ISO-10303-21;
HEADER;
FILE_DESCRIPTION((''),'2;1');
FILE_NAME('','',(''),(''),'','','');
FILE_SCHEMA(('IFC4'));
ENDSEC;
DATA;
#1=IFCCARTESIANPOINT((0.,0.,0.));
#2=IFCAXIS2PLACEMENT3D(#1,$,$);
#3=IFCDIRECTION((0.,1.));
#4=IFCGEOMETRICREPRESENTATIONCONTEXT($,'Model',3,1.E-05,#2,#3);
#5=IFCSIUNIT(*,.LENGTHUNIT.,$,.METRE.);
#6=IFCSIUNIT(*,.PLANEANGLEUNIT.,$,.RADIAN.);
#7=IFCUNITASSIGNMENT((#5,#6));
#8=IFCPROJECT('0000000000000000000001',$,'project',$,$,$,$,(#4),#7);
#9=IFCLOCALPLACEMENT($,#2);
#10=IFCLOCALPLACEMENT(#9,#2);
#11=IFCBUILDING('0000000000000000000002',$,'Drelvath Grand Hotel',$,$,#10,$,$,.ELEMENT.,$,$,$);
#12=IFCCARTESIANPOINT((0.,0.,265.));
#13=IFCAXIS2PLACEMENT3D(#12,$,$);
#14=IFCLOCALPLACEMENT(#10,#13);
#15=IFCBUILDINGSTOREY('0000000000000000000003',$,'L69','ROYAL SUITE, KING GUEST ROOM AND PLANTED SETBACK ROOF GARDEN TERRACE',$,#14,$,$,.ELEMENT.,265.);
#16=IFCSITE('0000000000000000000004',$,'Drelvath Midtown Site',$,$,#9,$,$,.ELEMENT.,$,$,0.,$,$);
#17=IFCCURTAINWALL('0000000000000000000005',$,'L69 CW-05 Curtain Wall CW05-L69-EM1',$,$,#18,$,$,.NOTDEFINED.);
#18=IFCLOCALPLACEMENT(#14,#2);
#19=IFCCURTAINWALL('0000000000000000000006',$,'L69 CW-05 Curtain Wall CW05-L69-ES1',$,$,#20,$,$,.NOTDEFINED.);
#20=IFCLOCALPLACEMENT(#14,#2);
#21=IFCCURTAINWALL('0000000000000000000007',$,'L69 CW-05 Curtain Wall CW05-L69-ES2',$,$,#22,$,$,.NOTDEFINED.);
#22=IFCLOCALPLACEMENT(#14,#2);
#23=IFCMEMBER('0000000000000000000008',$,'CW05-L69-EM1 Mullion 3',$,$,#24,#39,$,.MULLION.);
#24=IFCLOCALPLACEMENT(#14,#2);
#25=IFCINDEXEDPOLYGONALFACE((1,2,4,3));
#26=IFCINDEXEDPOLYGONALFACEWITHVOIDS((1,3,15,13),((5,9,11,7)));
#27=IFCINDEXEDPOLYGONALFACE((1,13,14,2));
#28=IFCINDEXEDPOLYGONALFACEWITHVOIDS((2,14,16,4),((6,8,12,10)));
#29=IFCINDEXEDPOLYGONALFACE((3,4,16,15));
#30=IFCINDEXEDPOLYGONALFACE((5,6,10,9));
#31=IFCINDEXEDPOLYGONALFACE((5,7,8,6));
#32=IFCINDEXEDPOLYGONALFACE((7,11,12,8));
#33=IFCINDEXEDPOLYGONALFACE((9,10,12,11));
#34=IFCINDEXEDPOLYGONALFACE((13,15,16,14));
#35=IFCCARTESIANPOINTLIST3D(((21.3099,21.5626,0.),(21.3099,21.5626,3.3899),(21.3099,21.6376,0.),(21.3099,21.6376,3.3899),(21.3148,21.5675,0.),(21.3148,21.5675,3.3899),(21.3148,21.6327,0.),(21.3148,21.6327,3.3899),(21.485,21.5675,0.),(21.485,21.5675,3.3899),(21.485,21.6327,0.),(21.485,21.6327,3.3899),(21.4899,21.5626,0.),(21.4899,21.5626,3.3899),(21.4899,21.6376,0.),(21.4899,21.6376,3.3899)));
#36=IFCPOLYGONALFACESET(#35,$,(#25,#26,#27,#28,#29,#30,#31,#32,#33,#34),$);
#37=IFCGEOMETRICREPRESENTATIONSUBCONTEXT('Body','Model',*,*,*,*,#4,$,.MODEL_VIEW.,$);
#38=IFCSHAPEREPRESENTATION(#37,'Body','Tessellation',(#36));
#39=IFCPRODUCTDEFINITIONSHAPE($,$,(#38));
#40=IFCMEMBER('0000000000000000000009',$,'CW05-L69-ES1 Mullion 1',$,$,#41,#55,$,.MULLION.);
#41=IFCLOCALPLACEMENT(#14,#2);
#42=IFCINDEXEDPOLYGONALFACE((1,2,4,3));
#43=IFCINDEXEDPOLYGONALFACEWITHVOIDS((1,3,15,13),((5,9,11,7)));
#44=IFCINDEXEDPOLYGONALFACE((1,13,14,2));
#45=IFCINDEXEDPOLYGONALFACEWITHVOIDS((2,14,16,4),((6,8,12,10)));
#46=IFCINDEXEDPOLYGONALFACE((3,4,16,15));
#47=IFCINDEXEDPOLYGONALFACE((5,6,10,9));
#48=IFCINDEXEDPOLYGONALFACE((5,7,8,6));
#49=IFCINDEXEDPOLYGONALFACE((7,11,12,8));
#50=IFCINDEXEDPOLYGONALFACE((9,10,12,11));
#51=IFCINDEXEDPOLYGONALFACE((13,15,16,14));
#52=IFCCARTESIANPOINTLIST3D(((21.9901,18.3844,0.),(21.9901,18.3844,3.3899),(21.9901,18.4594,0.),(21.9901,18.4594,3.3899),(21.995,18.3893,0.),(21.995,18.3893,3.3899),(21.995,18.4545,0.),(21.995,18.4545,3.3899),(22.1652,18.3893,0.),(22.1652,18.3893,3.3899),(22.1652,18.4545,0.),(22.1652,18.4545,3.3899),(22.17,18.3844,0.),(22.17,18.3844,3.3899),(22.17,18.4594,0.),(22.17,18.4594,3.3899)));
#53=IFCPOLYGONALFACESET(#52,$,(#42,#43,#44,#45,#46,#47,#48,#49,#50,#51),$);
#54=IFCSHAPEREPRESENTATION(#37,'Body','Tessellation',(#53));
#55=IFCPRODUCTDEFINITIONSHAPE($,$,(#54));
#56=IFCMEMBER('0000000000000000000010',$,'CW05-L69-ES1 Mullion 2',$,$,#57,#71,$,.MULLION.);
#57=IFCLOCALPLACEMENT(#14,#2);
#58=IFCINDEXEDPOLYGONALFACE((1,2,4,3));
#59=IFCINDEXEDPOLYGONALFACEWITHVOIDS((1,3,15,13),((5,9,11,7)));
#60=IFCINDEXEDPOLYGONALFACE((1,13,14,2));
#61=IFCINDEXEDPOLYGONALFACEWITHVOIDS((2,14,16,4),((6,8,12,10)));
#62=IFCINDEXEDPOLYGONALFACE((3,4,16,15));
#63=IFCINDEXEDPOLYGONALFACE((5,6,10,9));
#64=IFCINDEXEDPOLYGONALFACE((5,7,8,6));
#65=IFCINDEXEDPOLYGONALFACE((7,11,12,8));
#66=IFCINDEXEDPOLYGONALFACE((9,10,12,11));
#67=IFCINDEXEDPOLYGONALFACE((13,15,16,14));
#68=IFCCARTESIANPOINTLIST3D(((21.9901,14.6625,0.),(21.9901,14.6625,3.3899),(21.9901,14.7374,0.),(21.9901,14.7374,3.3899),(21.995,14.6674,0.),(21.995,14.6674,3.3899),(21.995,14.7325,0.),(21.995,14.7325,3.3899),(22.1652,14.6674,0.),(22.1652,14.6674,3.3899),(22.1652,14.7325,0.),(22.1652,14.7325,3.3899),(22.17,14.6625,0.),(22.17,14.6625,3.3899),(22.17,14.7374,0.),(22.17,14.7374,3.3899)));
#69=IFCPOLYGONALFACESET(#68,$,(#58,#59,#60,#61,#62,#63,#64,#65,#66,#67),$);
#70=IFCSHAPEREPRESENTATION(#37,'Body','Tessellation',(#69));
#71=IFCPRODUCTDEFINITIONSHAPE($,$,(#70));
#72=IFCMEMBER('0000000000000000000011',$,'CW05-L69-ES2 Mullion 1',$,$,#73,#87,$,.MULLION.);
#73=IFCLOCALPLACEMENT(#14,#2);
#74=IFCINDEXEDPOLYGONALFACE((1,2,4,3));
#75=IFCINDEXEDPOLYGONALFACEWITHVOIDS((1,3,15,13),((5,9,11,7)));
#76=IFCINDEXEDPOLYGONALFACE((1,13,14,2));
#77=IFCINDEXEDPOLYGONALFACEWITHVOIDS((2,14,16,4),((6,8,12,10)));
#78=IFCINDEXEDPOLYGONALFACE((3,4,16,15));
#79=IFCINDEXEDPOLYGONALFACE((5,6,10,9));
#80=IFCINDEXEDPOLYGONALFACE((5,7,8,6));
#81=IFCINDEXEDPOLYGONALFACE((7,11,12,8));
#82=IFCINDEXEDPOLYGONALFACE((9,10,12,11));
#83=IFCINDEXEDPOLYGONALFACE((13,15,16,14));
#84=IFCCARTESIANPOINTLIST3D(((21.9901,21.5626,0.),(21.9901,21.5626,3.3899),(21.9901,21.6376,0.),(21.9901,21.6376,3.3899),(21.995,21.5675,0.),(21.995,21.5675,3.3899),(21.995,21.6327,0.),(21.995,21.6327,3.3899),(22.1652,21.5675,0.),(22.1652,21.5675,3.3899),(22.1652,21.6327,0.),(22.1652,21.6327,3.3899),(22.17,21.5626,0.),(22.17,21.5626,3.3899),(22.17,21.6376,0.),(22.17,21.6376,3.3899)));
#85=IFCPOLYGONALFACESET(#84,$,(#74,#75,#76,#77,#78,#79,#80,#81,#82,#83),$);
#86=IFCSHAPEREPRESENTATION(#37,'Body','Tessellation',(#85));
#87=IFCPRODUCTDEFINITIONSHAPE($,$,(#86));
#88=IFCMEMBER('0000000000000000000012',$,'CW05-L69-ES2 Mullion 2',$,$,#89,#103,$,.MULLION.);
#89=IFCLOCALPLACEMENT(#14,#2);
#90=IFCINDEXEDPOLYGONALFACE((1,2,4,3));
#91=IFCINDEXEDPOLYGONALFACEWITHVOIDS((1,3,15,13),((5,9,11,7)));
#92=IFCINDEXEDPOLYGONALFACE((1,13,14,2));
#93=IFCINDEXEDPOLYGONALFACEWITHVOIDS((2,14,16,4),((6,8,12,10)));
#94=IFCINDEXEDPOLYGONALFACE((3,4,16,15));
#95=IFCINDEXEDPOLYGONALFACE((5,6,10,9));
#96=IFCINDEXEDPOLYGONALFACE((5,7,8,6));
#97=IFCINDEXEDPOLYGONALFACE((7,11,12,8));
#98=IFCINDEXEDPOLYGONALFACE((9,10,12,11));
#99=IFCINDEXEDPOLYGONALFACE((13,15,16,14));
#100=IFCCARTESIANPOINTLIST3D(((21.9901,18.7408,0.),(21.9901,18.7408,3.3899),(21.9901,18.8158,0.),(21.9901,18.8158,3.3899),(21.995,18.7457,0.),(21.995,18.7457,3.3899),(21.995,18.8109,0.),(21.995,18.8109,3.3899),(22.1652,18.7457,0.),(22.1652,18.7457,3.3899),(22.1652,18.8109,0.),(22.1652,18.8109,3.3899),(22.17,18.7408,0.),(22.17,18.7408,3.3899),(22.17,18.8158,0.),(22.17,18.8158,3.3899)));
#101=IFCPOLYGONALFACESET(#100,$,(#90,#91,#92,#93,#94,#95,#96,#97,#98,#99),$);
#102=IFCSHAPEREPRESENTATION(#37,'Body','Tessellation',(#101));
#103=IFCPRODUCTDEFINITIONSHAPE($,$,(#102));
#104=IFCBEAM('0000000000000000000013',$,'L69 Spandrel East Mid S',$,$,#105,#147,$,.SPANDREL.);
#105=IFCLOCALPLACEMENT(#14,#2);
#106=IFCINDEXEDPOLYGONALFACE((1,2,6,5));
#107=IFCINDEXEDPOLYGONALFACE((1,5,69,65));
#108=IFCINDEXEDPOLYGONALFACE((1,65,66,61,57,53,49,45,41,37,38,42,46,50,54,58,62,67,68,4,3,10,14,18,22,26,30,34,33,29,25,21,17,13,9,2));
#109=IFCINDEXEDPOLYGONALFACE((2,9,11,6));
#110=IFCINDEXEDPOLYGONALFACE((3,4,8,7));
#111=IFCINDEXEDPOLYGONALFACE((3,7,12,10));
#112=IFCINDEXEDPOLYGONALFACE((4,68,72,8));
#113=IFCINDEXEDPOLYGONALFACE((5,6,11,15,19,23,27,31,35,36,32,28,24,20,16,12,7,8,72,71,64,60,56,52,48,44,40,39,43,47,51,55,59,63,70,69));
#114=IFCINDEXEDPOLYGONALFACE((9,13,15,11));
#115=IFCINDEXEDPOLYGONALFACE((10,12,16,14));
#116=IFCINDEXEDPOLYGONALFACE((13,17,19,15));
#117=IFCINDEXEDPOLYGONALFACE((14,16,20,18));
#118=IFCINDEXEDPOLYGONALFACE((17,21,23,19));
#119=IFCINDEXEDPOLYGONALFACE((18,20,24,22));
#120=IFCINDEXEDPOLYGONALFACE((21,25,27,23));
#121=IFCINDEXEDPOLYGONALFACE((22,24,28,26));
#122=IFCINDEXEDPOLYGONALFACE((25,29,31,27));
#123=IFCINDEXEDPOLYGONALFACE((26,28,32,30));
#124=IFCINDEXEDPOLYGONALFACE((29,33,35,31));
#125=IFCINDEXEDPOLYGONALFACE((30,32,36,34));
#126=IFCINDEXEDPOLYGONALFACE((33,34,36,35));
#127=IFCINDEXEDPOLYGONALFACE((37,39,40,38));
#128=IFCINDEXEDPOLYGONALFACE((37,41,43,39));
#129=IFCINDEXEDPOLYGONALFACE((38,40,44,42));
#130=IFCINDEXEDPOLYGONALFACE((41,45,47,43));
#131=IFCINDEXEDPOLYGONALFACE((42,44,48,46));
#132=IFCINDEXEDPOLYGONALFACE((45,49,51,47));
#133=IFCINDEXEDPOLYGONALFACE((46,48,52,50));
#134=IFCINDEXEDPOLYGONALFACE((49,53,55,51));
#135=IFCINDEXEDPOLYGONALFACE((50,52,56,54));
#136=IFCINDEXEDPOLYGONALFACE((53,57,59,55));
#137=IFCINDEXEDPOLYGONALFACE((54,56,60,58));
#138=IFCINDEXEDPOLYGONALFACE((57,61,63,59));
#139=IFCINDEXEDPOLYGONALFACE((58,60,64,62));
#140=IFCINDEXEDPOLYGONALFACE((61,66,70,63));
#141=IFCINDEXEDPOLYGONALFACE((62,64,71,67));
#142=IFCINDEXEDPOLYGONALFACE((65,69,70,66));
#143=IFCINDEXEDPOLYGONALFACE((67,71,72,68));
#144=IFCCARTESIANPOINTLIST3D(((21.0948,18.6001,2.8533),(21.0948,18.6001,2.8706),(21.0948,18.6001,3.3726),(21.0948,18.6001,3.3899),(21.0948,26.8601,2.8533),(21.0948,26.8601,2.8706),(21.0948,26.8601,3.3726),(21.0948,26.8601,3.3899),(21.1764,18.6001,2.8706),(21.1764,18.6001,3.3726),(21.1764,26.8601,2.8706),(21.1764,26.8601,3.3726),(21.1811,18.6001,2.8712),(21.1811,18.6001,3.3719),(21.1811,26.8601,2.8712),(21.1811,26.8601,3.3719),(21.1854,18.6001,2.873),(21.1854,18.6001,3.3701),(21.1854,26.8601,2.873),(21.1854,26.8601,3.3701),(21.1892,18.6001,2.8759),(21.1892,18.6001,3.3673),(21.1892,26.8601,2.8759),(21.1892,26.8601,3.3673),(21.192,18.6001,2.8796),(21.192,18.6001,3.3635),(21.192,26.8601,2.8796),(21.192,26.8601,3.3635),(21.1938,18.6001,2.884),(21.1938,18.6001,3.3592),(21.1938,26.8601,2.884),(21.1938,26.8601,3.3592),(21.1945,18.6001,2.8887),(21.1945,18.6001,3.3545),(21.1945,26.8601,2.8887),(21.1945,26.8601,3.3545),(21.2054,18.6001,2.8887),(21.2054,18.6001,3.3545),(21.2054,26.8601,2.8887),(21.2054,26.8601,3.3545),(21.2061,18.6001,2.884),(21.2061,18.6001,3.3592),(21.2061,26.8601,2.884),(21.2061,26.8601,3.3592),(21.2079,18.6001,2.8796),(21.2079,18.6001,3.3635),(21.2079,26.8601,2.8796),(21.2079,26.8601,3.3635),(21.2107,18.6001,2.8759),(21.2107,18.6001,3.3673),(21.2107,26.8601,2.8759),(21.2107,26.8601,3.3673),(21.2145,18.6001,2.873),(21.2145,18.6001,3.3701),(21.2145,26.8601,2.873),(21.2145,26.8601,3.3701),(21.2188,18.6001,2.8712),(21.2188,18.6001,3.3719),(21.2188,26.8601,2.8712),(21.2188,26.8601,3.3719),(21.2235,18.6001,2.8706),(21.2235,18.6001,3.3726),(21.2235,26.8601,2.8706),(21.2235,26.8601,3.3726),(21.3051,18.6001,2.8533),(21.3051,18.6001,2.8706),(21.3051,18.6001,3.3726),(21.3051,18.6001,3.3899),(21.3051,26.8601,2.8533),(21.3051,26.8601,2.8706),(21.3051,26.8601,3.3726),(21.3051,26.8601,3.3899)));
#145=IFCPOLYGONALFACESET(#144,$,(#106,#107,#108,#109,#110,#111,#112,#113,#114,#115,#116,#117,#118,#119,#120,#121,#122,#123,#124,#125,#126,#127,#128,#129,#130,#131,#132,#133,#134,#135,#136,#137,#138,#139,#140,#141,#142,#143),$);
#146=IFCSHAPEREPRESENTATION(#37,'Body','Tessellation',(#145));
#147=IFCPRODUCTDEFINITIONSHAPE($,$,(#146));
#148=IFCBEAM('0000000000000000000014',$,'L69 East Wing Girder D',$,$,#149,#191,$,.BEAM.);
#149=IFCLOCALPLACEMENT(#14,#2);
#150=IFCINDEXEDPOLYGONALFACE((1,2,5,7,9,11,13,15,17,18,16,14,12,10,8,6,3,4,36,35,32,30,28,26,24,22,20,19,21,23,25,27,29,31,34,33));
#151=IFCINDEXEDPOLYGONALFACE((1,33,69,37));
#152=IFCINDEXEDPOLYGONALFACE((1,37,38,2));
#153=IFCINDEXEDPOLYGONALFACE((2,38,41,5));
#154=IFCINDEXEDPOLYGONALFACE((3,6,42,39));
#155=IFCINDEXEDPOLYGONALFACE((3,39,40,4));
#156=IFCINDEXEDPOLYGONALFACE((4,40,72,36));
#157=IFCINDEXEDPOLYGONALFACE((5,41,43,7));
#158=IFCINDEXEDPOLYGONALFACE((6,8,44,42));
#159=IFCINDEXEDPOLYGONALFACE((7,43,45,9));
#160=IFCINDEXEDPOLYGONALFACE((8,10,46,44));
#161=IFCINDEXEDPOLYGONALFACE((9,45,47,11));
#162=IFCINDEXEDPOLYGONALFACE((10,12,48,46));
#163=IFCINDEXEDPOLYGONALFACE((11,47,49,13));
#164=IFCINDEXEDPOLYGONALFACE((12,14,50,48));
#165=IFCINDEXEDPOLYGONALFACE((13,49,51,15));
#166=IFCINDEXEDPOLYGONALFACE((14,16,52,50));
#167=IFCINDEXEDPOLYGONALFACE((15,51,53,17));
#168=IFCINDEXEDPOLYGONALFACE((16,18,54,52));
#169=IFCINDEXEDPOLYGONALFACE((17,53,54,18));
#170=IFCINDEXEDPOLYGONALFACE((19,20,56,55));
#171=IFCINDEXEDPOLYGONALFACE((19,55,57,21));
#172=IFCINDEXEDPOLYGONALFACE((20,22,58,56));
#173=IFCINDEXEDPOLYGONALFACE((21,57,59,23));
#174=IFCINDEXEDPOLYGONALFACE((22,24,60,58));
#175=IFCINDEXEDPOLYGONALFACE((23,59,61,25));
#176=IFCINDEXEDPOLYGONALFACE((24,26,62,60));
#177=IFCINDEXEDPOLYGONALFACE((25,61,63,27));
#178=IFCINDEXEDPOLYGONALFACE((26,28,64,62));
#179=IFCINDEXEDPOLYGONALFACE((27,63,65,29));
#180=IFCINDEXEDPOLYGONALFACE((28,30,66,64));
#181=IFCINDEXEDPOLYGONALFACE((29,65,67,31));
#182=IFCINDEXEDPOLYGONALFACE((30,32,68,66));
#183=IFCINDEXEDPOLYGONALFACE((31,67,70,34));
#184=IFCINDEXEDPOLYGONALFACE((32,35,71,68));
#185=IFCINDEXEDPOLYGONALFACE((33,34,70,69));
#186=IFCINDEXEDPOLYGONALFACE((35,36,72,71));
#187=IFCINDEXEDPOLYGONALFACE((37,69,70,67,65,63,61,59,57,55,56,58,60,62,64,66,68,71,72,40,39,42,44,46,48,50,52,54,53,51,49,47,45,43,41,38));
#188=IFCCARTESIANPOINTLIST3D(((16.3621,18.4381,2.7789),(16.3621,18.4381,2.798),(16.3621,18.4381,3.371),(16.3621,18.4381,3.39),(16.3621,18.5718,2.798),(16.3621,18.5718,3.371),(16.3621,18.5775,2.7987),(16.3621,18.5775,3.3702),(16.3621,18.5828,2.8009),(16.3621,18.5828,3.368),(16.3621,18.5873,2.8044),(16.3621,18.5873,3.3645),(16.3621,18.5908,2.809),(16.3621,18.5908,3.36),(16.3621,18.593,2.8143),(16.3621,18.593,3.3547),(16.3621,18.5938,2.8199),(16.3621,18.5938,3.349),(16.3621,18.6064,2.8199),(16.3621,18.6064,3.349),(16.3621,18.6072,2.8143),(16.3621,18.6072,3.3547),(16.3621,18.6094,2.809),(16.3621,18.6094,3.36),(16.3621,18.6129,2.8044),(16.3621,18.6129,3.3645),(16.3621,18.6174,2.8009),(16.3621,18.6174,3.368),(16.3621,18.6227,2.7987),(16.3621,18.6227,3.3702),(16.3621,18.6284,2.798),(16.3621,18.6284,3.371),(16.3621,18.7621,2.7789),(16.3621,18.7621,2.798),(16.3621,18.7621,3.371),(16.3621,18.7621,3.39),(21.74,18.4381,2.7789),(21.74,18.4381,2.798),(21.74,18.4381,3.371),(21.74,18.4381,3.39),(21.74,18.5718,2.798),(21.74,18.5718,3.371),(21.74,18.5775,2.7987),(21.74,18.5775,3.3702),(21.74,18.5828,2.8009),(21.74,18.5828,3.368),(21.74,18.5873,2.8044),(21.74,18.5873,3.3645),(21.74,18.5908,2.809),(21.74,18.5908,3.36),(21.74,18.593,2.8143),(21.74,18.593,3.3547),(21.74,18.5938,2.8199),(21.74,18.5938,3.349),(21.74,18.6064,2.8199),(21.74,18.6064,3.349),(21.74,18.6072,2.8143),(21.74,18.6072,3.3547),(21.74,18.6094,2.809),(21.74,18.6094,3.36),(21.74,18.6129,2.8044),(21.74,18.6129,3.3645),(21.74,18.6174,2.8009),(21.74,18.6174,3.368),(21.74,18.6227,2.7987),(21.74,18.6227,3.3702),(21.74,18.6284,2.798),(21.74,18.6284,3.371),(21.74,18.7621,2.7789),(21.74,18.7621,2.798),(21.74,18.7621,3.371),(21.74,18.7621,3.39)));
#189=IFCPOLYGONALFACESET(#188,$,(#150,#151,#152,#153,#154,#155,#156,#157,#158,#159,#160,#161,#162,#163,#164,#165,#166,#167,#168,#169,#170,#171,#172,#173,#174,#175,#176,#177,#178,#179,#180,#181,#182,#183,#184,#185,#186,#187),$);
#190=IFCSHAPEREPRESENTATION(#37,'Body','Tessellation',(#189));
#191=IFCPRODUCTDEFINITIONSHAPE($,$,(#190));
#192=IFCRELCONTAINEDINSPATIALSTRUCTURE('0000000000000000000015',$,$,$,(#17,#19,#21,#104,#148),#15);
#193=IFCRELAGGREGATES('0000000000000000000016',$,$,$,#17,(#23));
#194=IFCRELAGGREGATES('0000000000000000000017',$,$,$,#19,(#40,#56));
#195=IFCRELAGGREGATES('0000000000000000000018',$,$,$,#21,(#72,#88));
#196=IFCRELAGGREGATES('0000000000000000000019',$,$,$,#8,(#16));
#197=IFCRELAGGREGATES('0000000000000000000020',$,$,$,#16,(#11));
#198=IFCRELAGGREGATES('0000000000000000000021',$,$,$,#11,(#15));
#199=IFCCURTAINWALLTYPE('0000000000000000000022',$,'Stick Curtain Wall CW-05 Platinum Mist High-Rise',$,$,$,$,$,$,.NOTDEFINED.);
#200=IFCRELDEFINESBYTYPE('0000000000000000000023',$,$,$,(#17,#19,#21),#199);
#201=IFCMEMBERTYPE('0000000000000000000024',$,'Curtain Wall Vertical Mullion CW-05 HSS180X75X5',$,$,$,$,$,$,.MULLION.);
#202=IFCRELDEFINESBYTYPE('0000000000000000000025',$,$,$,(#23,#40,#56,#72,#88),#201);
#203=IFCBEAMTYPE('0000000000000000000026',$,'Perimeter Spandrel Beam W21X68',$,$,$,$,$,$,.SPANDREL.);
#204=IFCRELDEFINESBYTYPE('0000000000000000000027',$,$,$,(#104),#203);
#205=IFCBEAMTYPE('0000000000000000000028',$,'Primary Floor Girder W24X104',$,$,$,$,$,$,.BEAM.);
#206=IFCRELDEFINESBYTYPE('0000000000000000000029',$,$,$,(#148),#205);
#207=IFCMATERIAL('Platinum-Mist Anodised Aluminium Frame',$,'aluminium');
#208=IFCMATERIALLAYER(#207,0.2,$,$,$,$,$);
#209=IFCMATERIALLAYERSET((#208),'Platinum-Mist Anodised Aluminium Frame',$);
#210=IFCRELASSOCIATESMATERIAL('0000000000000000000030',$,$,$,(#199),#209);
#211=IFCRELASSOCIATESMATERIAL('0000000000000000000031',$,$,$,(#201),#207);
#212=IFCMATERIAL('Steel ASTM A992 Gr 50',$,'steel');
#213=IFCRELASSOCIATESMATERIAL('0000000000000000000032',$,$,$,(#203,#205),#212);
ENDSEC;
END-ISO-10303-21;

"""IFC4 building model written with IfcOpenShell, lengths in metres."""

from ifc_helpers import new_model, si_unit, direction, frame, origin, origin_2d, place, context, subcontext, project, spatial, hollow_rectangle, i_section, extrude, material, layer, layer_set, material_profile, profile_set, type_object, element, aggregate, save


model = new_model("IFC4")

# Units and contexts
model_context = context("Model", 3, precision=1e-05, world=origin(), true_north=direction((0.0, 1.0)))
body_context = subcontext(model_context, "Body", "Model", "MODEL_VIEW")
ifc_project = project(units=[si_unit("LENGTHUNIT", "METRE"), si_unit("PLANEANGLEUNIT", "RADIAN")], contexts=[model_context])

# Site, building, storey
site_placement = place(None, origin())
site = spatial("IfcSite", under=ifc_project, at=site_placement, Name="Drelvath Midtown Site", CompositionType="ELEMENT", RefElevation=0.0)
building_placement = place(site_placement, origin())
building = spatial("IfcBuilding", under=site, at=building_placement, Name="Drelvath Grand Hotel", CompositionType="ELEMENT")
storey_placement = place(building_placement, frame((0.0, 0.0, 265.0)))
storey = spatial("IfcBuildingStorey", under=building, at=storey_placement, Name="L69", Description="ROYAL SUITE, KING GUEST ROOM AND PLANTED SETBACK ROOF GARDEN TERRACE", CompositionType="ELEMENT", Elevation=265.0)

# Curtain walls
ifc_material_1 = material(Name="Platinum-Mist Anodised Aluminium Frame", Category="aluminium")
ifc_layer_1 = layer(ifc_material_1, 0.2)
ifc_layer_set_1 = layer_set([ifc_layer_1], Name="Platinum-Mist Anodised Aluminium Frame")
curtain_wall_type = type_object("IfcCurtainWallType", Name="Stick Curtain Wall CW-05 Platinum Mist High-Rise", PredefinedType="NOTDEFINED", material=ifc_layer_set_1)
curtain_wall_1_placement = place(storey_placement, origin())
curtain_wall_1 = element("IfcCurtainWall", 1, at=curtain_wall_1_placement, inside=storey, type_object=curtain_wall_type, Name="L69 CW-05 Curtain Wall CW05-L69-EM1", PredefinedType="NOTDEFINED")
curtain_wall_2_placement = place(storey_placement, origin())
curtain_wall_2 = element("IfcCurtainWall", 2, at=curtain_wall_2_placement, inside=storey, type_object=curtain_wall_type, Name="L69 CW-05 Curtain Wall CW05-L69-ES1", PredefinedType="NOTDEFINED")
curtain_wall_3_placement = place(storey_placement, origin())
curtain_wall_3 = element("IfcCurtainWall", 3, at=curtain_wall_3_placement, inside=storey, type_object=curtain_wall_type, Name="L69 CW-05 Curtain Wall CW05-L69-ES2", PredefinedType="NOTDEFINED")

# Members
ifc_material_profile_1 = material_profile(ifc_material_1, hollow_rectangle(XDim=0.075, YDim=0.1799, WallThickness=0.0049, at=origin_2d()), Name="HSS180X75X5")
ifc_profile_set_1 = profile_set([ifc_material_profile_1], Name="Platinum-Mist Anodised Aluminium Frame")
member_type_1 = type_object("IfcMemberType", Name="Curtain Wall Vertical Mullion CW-05 HSS180X75X5", PredefinedType="MULLION", material=ifc_profile_set_1)
member_1_placement = place(storey_placement, frame((21.3999, 21.6001, 0.0), z_axis=(0.0, 0.0, 1.0), x_axis=(0.0, 1.0, 0.0)))
member_1 = element("IfcMember", 4, at=member_1_placement, type_object=member_type_1, Name="CW05-L69-EM1 Mullion 3", PredefinedType="MULLION", context=body_context, shape_type="SweptSolid", body=[
    extrude(hollow_rectangle(XDim=0.075, YDim=0.1799, WallThickness=0.0049, at=origin_2d()), origin(), (0.0, 0.0, 1.0), 3.3899),
])
member_2_placement = place(storey_placement, frame((22.0801, 18.4219, 0.0), z_axis=(0.0, 0.0, 1.0), x_axis=(0.0, 1.0, 0.0)))
member_2 = element("IfcMember", 5, at=member_2_placement, type_object=member_type_1, Name="CW05-L69-ES1 Mullion 1", PredefinedType="MULLION", context=body_context, shape_type="SweptSolid", body=[
    extrude(hollow_rectangle(XDim=0.075, YDim=0.1799, WallThickness=0.0049, at=origin_2d()), origin(), (0.0, 0.0, 1.0), 3.3899),
])
member_3_placement = place(storey_placement, frame((22.0801, 14.7, 0.0), z_axis=(0.0, 0.0, 1.0), x_axis=(0.0, 1.0, 0.0)))
member_3 = element("IfcMember", 6, at=member_3_placement, type_object=member_type_1, Name="CW05-L69-ES1 Mullion 2", PredefinedType="MULLION", context=body_context, shape_type="SweptSolid", body=[
    extrude(hollow_rectangle(XDim=0.075, YDim=0.1799, WallThickness=0.0049, at=origin_2d()), origin(), (0.0, 0.0, 1.0), 3.3899),
])
member_4_placement = place(storey_placement, frame((22.0801, 21.6001, 0.0), z_axis=(0.0, 0.0, 1.0), x_axis=(0.0, 1.0, 0.0)))
member_4 = element("IfcMember", 7, at=member_4_placement, type_object=member_type_1, Name="CW05-L69-ES2 Mullion 1", PredefinedType="MULLION", context=body_context, shape_type="SweptSolid", body=[
    extrude(hollow_rectangle(XDim=0.075, YDim=0.1799, WallThickness=0.0049, at=origin_2d()), origin(), (0.0, 0.0, 1.0), 3.3899),
])
member_5_placement = place(storey_placement, frame((22.0801, 18.7783, 0.0), z_axis=(0.0, 0.0, 1.0), x_axis=(0.0, 1.0, 0.0)))
member_5 = element("IfcMember", 8, at=member_5_placement, type_object=member_type_1, Name="CW05-L69-ES2 Mullion 2", PredefinedType="MULLION", context=body_context, shape_type="SweptSolid", body=[
    extrude(hollow_rectangle(XDim=0.075, YDim=0.1799, WallThickness=0.0049, at=origin_2d()), origin(), (0.0, 0.0, 1.0), 3.3899),
])

# Beams
ifc_material_2 = material(Name="Steel ASTM A992 Gr 50", Category="steel")
ifc_material_profile_2 = material_profile(ifc_material_2, i_section(OverallWidth=0.2102, OverallDepth=0.5366, WebThickness=0.011, FlangeThickness=0.0173, FilletRadius=0.0181, at=origin_2d()), Name="W21X68")
ifc_profile_set_2 = profile_set([ifc_material_profile_2], Name="Steel ASTM A992 Gr 50")
beam_type_1 = type_object("IfcBeamType", Name="Perimeter Spandrel Beam W21X68", PredefinedType="SPANDREL", material=ifc_profile_set_2)
beam_1_placement = place(storey_placement, frame((21.2, 18.6001, 3.1216), z_axis=(0.0, 1.0, 0.0), x_axis=(-1.0, 0.0, 0.0)))
element("IfcBeam", 9, at=beam_1_placement, inside=storey, type_object=beam_type_1, Name="L69 Spandrel East Mid S", PredefinedType="SPANDREL", context=body_context, shape_type="SweptSolid", body=[
    extrude(i_section(OverallWidth=0.2102, OverallDepth=0.5366, WebThickness=0.011, FlangeThickness=0.0173, FilletRadius=0.0181, at=origin_2d()), origin(), (0.0, 0.0, 1.0), 8.26),
])
ifc_material_profile_3 = material_profile(ifc_material_2, i_section(OverallWidth=0.324, OverallDepth=0.6111, WebThickness=0.0127, FlangeThickness=0.019, FilletRadius=0.022, at=origin_2d()), Name="W24X104")
ifc_profile_set_3 = profile_set([ifc_material_profile_3], Name="Steel ASTM A992 Gr 50")
beam_type_2 = type_object("IfcBeamType", Name="Primary Floor Girder W24X104", PredefinedType="BEAM", material=ifc_profile_set_3)
beam_2_placement = place(storey_placement, frame((16.3621, 18.6001, 3.0845), z_axis=(1.0, 0.0, 0.0), x_axis=(0.0, 1.0, 0.0)))
element("IfcBeam", 10, at=beam_2_placement, inside=storey, type_object=beam_type_2, Name="L69 East Wing Girder D", PredefinedType="BEAM", context=body_context, shape_type="SweptSolid", body=[
    extrude(i_section(OverallWidth=0.324, OverallDepth=0.6111, WebThickness=0.0127, FlangeThickness=0.019, FilletRadius=0.022, at=origin_2d()), origin(), (0.0, 0.0, 1.0), 5.3779),
])

aggregate(curtain_wall_1, [member_1])
aggregate(curtain_wall_2, [member_2, member_3])
aggregate(curtain_wall_3, [member_4, member_5])

save(model, "model.ifc")
